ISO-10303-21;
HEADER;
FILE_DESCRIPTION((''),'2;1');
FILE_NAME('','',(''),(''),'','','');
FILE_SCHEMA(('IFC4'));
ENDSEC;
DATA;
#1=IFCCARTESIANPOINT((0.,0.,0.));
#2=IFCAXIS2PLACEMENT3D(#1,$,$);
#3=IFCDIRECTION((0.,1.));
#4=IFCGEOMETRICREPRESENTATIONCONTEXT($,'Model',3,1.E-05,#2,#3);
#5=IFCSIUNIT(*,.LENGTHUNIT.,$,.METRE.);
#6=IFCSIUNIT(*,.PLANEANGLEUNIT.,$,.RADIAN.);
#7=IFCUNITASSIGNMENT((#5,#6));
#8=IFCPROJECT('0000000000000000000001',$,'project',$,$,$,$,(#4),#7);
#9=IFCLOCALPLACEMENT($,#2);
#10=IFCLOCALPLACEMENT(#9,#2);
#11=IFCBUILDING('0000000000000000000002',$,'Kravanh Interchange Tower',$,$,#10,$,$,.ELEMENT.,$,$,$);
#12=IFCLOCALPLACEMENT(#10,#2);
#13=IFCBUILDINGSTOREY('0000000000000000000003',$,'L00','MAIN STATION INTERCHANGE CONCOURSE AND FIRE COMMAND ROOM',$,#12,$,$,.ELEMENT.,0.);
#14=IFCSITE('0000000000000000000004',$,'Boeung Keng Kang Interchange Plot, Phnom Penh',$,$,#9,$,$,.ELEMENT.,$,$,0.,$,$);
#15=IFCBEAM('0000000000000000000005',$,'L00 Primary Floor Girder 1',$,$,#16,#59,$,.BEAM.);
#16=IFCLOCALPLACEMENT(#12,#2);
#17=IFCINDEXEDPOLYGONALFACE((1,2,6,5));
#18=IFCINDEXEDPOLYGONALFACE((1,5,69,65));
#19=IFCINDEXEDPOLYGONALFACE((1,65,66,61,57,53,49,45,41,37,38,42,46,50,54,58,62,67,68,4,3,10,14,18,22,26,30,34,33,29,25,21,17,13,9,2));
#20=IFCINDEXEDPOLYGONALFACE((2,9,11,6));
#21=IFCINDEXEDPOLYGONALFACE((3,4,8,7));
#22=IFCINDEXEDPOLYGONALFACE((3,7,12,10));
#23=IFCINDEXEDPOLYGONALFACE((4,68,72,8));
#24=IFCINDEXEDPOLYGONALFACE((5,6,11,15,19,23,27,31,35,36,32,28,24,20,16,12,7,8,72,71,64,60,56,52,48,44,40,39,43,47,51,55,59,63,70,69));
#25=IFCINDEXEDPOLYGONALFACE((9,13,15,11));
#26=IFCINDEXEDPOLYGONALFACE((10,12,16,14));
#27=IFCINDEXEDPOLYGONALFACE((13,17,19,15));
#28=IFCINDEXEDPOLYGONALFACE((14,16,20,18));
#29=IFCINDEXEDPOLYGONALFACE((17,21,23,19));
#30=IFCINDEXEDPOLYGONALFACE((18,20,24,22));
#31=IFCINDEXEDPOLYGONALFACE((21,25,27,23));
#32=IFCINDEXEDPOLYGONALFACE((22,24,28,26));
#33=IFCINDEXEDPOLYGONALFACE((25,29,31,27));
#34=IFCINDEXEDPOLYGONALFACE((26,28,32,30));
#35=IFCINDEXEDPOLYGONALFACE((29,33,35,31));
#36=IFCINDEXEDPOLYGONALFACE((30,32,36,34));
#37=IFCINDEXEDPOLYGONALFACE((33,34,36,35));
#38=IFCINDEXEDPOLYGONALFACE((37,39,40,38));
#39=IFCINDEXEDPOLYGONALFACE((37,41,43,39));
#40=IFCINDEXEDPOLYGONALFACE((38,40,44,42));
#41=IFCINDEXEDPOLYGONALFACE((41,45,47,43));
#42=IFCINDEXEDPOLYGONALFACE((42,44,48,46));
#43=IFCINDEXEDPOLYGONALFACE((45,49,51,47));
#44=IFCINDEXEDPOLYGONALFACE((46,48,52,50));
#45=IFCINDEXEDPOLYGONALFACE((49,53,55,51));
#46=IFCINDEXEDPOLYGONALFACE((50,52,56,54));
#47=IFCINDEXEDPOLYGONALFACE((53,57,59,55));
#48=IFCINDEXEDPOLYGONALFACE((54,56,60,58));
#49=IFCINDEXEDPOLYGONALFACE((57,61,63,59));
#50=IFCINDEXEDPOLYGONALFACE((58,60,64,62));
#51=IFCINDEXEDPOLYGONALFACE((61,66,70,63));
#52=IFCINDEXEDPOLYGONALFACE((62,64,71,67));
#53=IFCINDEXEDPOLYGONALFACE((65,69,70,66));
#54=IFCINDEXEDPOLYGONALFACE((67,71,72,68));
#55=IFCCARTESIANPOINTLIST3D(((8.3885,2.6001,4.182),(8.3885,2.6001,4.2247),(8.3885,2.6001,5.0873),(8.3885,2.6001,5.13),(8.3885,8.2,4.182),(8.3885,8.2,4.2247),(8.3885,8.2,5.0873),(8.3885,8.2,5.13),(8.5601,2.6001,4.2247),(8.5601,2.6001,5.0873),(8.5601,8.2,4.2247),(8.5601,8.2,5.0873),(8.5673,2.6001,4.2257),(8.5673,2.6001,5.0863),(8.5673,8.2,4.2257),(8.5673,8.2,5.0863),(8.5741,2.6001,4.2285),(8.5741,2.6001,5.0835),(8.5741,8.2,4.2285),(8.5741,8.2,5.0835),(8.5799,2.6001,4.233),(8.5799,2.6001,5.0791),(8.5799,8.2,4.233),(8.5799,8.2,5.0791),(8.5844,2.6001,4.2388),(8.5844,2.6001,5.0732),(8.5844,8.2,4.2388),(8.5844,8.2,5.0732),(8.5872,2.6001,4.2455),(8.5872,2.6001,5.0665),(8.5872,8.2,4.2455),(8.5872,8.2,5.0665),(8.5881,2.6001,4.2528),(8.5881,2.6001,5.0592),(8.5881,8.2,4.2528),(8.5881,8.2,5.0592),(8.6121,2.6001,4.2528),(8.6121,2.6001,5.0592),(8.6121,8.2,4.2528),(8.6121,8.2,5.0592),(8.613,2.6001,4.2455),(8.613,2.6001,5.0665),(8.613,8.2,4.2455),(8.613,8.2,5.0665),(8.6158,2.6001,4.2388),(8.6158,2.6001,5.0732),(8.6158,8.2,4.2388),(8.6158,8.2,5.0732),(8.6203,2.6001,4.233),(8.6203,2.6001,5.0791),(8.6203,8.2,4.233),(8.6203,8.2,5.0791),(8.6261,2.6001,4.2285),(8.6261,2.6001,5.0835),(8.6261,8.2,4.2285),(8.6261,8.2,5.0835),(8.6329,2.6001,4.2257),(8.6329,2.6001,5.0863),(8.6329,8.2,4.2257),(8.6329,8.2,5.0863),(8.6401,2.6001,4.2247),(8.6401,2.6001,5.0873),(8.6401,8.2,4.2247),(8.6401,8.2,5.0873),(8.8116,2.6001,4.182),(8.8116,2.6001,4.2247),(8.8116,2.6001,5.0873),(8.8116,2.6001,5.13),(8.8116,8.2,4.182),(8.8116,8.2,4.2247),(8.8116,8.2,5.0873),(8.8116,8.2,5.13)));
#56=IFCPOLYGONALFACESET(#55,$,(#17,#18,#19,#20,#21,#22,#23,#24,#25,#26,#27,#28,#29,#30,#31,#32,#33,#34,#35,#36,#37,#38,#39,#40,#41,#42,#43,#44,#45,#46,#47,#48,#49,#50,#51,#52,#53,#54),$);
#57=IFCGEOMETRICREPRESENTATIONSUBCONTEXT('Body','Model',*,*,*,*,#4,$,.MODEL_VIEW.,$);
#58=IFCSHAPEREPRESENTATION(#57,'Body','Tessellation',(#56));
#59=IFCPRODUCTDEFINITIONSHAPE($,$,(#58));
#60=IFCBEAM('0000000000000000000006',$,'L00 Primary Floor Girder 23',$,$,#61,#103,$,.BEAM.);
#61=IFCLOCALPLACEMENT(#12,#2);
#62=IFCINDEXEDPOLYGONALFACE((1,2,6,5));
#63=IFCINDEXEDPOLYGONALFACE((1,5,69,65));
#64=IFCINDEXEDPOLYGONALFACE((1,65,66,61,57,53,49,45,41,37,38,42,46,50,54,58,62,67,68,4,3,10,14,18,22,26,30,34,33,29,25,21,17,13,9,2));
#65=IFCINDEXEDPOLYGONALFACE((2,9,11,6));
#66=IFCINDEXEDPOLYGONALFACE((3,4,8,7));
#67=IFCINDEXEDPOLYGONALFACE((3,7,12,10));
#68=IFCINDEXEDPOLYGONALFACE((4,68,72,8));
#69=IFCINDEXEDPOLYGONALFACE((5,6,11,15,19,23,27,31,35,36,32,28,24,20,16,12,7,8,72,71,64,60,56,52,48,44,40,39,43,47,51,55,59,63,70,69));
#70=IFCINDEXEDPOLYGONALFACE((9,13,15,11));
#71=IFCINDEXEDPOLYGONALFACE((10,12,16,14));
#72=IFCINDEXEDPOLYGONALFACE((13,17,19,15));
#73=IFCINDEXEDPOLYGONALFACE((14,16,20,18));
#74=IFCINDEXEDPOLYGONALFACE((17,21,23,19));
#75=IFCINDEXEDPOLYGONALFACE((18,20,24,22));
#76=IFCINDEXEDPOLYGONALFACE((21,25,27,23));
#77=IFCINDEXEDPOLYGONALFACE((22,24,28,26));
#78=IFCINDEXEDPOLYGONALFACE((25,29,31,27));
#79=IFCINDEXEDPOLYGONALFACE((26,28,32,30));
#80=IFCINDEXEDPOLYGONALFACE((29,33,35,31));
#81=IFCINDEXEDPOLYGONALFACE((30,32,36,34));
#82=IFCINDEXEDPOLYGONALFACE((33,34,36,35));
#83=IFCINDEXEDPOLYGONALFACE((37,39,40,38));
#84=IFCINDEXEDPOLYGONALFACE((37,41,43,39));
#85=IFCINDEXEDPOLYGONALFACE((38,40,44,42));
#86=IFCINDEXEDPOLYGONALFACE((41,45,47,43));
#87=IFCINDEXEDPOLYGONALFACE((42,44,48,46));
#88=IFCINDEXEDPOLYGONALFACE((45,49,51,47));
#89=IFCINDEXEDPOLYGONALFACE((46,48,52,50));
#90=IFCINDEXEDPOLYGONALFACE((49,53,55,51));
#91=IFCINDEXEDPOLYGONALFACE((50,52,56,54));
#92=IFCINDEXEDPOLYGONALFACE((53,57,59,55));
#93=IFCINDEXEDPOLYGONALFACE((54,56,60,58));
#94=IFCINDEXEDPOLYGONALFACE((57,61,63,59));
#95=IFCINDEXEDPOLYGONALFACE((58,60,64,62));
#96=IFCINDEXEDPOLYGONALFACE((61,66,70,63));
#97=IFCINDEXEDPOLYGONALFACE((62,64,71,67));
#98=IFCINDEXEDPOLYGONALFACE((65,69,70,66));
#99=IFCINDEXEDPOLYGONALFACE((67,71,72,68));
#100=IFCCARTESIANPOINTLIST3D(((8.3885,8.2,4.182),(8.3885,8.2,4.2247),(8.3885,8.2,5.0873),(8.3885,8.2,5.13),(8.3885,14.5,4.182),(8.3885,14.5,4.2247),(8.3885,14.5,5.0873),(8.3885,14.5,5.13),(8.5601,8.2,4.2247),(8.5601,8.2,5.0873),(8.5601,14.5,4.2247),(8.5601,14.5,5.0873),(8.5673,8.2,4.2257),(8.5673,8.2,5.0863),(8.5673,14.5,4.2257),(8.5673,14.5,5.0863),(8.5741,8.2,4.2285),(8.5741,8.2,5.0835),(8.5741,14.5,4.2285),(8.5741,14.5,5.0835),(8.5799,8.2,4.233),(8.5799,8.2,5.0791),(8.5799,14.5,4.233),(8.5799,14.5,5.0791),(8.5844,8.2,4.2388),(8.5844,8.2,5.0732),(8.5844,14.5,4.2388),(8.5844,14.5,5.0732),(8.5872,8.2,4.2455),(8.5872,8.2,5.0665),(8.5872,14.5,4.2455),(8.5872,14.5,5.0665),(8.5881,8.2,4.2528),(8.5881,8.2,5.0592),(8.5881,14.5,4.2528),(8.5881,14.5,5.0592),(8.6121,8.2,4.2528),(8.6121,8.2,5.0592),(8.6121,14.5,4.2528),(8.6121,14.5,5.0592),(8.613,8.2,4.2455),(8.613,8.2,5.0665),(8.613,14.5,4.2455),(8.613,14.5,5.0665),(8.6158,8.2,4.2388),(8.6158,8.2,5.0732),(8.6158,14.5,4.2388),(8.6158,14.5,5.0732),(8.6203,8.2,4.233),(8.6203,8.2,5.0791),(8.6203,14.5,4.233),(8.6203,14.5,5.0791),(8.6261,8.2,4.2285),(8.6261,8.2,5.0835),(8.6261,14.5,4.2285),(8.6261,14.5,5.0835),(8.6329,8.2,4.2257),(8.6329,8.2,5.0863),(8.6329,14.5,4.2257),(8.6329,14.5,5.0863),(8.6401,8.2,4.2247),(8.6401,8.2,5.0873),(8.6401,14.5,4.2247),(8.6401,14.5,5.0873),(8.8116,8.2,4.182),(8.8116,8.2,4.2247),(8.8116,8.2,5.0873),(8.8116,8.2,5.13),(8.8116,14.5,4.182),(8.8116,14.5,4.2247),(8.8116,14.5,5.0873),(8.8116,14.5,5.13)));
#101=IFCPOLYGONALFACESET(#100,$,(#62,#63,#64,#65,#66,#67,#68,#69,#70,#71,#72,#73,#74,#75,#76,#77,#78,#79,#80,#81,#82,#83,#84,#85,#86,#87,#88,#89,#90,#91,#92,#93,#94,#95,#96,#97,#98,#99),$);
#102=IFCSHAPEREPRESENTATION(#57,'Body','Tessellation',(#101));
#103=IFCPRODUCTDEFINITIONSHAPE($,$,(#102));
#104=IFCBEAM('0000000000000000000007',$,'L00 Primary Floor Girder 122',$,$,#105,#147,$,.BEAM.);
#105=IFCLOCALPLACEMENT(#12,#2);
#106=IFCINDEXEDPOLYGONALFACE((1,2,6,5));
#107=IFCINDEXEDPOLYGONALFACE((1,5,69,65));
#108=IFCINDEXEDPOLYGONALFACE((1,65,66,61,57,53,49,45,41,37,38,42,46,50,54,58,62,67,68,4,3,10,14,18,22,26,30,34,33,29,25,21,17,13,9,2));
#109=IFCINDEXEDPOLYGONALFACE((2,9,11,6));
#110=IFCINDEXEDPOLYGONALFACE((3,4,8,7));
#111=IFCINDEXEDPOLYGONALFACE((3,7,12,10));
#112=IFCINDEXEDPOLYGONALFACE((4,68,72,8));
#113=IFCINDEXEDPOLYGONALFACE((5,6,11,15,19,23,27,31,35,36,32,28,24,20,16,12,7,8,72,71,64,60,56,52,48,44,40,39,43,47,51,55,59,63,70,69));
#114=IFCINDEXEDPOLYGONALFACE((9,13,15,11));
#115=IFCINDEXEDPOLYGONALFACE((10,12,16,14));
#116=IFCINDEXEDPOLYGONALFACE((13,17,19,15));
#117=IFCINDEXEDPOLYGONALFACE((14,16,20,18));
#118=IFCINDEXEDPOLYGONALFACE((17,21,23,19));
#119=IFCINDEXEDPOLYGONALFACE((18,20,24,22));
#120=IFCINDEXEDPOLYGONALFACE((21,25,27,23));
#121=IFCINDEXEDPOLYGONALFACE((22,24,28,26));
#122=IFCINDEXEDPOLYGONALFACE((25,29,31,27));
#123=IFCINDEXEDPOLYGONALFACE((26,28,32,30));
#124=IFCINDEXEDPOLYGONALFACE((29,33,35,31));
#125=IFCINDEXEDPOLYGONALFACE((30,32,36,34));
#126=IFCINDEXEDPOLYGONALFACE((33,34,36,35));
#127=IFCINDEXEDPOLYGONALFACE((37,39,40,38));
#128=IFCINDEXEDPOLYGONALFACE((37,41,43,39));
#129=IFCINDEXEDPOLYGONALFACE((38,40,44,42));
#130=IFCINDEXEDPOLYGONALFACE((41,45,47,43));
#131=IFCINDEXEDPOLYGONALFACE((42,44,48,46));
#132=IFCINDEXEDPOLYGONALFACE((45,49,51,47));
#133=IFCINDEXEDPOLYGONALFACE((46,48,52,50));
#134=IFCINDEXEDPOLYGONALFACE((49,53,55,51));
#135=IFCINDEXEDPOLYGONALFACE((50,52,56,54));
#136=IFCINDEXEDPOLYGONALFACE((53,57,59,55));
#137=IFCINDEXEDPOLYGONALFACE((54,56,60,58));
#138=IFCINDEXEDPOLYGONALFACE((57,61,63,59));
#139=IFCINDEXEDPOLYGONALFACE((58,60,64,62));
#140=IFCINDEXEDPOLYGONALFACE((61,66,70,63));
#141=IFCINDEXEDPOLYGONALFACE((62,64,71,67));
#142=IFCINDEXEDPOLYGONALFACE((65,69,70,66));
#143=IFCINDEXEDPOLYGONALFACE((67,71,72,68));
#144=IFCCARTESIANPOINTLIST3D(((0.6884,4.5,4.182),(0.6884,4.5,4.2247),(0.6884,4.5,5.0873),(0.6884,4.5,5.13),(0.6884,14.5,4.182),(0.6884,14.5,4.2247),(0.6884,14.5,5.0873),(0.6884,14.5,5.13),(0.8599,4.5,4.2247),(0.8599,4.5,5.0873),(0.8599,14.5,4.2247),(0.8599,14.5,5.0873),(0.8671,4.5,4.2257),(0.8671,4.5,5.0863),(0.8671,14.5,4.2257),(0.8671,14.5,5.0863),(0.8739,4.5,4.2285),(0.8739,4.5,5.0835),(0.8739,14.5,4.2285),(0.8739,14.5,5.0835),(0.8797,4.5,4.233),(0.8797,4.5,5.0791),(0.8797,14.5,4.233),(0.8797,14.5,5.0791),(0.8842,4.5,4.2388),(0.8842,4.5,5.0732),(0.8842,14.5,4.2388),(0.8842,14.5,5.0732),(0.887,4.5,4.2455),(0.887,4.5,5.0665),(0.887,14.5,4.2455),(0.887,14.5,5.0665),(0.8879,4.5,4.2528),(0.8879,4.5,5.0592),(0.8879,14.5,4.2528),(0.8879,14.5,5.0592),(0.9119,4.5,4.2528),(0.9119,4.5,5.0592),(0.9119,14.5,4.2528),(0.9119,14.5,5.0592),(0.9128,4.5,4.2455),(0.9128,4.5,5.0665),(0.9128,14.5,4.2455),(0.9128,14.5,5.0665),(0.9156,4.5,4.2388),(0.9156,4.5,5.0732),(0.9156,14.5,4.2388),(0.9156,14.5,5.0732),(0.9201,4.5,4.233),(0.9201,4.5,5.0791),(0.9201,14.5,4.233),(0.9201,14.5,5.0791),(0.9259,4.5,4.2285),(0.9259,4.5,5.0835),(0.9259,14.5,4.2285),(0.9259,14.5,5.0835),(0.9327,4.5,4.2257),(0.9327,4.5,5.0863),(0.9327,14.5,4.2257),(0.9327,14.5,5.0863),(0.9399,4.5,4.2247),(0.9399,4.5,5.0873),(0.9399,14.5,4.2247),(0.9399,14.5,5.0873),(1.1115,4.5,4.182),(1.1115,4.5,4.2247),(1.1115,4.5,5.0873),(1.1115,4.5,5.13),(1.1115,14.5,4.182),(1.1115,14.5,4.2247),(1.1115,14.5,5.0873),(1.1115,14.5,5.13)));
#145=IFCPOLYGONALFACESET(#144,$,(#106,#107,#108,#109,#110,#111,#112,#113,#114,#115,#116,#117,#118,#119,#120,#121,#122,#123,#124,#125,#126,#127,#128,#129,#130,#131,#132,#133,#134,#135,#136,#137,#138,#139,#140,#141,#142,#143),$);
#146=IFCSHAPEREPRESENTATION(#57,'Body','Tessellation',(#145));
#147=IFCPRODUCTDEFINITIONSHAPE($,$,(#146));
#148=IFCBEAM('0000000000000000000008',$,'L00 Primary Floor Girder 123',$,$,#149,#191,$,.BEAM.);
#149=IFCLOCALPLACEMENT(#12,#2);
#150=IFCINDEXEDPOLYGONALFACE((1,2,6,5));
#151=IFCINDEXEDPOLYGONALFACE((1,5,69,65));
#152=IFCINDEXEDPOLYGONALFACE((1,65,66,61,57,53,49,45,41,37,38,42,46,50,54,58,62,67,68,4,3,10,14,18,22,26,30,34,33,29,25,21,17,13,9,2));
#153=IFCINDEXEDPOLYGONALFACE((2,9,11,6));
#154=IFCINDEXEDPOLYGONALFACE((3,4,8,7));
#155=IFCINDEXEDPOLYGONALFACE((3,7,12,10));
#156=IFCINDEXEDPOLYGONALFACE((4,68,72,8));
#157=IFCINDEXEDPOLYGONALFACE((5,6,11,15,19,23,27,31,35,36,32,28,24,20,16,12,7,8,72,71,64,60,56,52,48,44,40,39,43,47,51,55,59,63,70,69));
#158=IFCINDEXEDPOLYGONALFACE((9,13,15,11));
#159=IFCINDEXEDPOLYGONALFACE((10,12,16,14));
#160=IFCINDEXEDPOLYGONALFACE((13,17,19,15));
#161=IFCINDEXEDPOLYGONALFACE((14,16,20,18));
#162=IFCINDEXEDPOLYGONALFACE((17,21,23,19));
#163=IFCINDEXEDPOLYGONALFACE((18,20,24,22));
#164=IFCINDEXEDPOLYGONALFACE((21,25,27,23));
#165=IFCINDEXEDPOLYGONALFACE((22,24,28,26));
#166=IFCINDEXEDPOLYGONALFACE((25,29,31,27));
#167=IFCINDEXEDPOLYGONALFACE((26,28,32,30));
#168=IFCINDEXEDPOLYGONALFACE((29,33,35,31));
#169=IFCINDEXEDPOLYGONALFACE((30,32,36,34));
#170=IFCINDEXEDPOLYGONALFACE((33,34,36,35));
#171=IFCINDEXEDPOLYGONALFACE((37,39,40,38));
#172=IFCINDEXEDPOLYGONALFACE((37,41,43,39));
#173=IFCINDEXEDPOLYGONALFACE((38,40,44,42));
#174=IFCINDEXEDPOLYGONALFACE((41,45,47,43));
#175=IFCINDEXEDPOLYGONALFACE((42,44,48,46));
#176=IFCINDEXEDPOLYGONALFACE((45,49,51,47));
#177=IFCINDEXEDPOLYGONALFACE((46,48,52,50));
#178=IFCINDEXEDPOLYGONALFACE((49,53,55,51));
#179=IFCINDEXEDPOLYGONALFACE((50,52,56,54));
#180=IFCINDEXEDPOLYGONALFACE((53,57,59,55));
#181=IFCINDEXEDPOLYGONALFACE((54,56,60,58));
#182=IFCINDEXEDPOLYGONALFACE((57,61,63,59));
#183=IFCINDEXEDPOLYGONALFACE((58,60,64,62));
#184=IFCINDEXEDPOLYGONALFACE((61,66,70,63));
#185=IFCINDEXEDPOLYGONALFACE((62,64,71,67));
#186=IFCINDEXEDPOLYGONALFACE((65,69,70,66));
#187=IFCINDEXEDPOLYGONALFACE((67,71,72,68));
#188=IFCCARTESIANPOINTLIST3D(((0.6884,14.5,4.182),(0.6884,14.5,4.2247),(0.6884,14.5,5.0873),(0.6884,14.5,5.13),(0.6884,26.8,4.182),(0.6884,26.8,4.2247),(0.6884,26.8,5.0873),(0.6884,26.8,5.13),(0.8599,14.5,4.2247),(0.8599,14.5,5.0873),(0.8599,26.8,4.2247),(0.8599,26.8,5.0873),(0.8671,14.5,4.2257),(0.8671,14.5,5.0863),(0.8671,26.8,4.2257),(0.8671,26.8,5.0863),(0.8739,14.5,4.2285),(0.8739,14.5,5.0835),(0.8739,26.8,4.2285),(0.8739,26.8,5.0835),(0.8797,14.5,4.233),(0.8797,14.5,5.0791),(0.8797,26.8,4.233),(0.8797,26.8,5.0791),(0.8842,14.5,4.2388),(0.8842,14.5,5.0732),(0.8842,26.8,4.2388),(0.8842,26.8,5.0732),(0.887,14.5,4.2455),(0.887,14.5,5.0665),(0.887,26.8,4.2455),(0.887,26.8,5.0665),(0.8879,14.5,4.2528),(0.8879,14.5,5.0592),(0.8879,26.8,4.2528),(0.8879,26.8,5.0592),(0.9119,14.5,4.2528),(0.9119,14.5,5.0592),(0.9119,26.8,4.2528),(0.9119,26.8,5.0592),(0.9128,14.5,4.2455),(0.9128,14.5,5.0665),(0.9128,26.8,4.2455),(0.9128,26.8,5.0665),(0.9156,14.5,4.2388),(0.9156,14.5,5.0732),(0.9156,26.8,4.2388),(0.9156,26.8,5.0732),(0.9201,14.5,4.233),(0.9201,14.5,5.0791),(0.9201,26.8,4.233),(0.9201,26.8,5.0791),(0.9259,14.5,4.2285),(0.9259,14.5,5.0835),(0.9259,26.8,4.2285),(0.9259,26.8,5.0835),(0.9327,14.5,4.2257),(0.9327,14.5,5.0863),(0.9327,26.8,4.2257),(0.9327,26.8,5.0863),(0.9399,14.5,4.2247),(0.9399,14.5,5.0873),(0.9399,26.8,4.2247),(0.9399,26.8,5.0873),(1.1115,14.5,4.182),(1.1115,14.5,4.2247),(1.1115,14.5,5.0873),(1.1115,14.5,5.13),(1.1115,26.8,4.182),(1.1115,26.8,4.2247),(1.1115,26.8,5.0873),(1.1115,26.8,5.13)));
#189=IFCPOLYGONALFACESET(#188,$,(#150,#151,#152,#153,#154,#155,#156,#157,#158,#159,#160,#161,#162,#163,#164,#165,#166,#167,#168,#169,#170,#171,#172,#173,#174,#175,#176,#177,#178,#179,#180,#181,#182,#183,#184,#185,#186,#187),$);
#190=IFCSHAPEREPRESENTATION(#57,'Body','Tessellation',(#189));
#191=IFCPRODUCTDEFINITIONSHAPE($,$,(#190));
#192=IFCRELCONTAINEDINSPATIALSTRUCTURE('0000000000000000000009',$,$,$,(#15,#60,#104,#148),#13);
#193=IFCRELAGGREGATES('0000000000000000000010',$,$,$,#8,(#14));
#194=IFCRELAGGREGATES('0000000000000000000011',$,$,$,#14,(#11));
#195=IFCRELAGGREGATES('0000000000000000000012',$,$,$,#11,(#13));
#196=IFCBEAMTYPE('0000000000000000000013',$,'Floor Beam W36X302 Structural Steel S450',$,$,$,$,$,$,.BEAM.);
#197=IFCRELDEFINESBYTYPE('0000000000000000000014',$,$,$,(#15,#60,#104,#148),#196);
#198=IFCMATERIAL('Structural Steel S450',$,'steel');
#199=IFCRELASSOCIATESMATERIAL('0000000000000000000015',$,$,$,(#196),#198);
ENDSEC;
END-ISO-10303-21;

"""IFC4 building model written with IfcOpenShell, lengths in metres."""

from ifc_helpers import new_model, si_unit, direction, frame, origin, origin_2d, place, context, subcontext, project, spatial, i_section, extrude, material, material_profile, profile_set, type_object, element, save


model = new_model("IFC4")

# Units and contexts
model_context = context("Model", 3, precision=1e-05, world=origin(), true_north=direction((0.0, 1.0)))
body_context = subcontext(model_context, "Body", "Model", "MODEL_VIEW")
ifc_project = project(units=[si_unit("LENGTHUNIT", "METRE"), si_unit("PLANEANGLEUNIT", "RADIAN")], contexts=[model_context])

# Site, building, storey
site_placement = place(None, origin())
site = spatial("IfcSite", under=ifc_project, at=site_placement, Name="Boeung Keng Kang Interchange Plot, Phnom Penh", CompositionType="ELEMENT", RefElevation=0.0)
building_placement = place(site_placement, origin())
building = spatial("IfcBuilding", under=site, at=building_placement, Name="Kravanh Interchange Tower", CompositionType="ELEMENT")
storey_placement = place(building_placement, origin())
storey = spatial("IfcBuildingStorey", under=building, at=storey_placement, Name="L00", Description="MAIN STATION INTERCHANGE CONCOURSE AND FIRE COMMAND ROOM", CompositionType="ELEMENT", Elevation=0.0)

# Beams
ifc_material_1 = material(Name="Structural Steel S450", Category="steel")
ifc_material_profile_1 = material_profile(ifc_material_1, i_section(OverallWidth=0.4231, OverallDepth=0.948, WebThickness=0.0239, FlangeThickness=0.0427, FilletRadius=0.0281, at=origin_2d()), Name="W36X302")
ifc_profile_set_1 = profile_set([ifc_material_profile_1], Name="Structural Steel S450")
beam_type_1 = type_object("IfcBeamType", Name="Floor Beam W36X302 Structural Steel S450", PredefinedType="BEAM", material=ifc_profile_set_1)
beam_1_placement = place(storey_placement, frame((8.6001, 2.6001, 4.656), z_axis=(0.0, 1.0, 0.0), x_axis=(-1.0, 0.0, 0.0)))
element("IfcBeam", 1, at=beam_1_placement, inside=storey, type_object=beam_type_1, Name="L00 Primary Floor Girder 1", PredefinedType="BEAM", context=body_context, shape_type="SweptSolid", body=[
    extrude(i_section(OverallWidth=0.4231, OverallDepth=0.948, WebThickness=0.0239, FlangeThickness=0.0427, FilletRadius=0.0281, at=origin_2d()), origin(), (0.0, 0.0, 1.0), 5.5999),
])
beam_2_placement = place(storey_placement, frame((8.6001, 8.2, 4.656), z_axis=(0.0, 1.0, 0.0), x_axis=(-1.0, 0.0, 0.0)))
element("IfcBeam", 2, at=beam_2_placement, inside=storey, type_object=beam_type_1, Name="L00 Primary Floor Girder 23", PredefinedType="BEAM", context=body_context, shape_type="SweptSolid", body=[
    extrude(i_section(OverallWidth=0.4231, OverallDepth=0.948, WebThickness=0.0239, FlangeThickness=0.0427, FilletRadius=0.0281, at=origin_2d()), origin(), (0.0, 0.0, 1.0), 6.3),
])
beam_3_placement = place(storey_placement, frame((0.8999, 4.5, 4.656), z_axis=(0.0, 1.0, 0.0), x_axis=(-1.0, 0.0, 0.0)))
element("IfcBeam", 3, at=beam_3_placement, inside=storey, type_object=beam_type_1, Name="L00 Primary Floor Girder 122", PredefinedType="BEAM", context=body_context, shape_type="SweptSolid", body=[
    extrude(i_section(OverallWidth=0.4231, OverallDepth=0.948, WebThickness=0.0239, FlangeThickness=0.0427, FilletRadius=0.0281, at=origin_2d()), origin(), (0.0, 0.0, 1.0), 10.0),
])
beam_4_placement = place(storey_placement, frame((0.8999, 14.5, 4.656), z_axis=(0.0, 1.0, 0.0), x_axis=(-1.0, 0.0, 0.0)))
element("IfcBeam", 4, at=beam_4_placement, inside=storey, type_object=beam_type_1, Name="L00 Primary Floor Girder 123", PredefinedType="BEAM", context=body_context, shape_type="SweptSolid", body=[
    extrude(i_section(OverallWidth=0.4231, OverallDepth=0.948, WebThickness=0.0239, FlangeThickness=0.0427, FilletRadius=0.0281, at=origin_2d()), origin(), (0.0, 0.0, 1.0), 12.3),
])

save(model, "model.ifc")
